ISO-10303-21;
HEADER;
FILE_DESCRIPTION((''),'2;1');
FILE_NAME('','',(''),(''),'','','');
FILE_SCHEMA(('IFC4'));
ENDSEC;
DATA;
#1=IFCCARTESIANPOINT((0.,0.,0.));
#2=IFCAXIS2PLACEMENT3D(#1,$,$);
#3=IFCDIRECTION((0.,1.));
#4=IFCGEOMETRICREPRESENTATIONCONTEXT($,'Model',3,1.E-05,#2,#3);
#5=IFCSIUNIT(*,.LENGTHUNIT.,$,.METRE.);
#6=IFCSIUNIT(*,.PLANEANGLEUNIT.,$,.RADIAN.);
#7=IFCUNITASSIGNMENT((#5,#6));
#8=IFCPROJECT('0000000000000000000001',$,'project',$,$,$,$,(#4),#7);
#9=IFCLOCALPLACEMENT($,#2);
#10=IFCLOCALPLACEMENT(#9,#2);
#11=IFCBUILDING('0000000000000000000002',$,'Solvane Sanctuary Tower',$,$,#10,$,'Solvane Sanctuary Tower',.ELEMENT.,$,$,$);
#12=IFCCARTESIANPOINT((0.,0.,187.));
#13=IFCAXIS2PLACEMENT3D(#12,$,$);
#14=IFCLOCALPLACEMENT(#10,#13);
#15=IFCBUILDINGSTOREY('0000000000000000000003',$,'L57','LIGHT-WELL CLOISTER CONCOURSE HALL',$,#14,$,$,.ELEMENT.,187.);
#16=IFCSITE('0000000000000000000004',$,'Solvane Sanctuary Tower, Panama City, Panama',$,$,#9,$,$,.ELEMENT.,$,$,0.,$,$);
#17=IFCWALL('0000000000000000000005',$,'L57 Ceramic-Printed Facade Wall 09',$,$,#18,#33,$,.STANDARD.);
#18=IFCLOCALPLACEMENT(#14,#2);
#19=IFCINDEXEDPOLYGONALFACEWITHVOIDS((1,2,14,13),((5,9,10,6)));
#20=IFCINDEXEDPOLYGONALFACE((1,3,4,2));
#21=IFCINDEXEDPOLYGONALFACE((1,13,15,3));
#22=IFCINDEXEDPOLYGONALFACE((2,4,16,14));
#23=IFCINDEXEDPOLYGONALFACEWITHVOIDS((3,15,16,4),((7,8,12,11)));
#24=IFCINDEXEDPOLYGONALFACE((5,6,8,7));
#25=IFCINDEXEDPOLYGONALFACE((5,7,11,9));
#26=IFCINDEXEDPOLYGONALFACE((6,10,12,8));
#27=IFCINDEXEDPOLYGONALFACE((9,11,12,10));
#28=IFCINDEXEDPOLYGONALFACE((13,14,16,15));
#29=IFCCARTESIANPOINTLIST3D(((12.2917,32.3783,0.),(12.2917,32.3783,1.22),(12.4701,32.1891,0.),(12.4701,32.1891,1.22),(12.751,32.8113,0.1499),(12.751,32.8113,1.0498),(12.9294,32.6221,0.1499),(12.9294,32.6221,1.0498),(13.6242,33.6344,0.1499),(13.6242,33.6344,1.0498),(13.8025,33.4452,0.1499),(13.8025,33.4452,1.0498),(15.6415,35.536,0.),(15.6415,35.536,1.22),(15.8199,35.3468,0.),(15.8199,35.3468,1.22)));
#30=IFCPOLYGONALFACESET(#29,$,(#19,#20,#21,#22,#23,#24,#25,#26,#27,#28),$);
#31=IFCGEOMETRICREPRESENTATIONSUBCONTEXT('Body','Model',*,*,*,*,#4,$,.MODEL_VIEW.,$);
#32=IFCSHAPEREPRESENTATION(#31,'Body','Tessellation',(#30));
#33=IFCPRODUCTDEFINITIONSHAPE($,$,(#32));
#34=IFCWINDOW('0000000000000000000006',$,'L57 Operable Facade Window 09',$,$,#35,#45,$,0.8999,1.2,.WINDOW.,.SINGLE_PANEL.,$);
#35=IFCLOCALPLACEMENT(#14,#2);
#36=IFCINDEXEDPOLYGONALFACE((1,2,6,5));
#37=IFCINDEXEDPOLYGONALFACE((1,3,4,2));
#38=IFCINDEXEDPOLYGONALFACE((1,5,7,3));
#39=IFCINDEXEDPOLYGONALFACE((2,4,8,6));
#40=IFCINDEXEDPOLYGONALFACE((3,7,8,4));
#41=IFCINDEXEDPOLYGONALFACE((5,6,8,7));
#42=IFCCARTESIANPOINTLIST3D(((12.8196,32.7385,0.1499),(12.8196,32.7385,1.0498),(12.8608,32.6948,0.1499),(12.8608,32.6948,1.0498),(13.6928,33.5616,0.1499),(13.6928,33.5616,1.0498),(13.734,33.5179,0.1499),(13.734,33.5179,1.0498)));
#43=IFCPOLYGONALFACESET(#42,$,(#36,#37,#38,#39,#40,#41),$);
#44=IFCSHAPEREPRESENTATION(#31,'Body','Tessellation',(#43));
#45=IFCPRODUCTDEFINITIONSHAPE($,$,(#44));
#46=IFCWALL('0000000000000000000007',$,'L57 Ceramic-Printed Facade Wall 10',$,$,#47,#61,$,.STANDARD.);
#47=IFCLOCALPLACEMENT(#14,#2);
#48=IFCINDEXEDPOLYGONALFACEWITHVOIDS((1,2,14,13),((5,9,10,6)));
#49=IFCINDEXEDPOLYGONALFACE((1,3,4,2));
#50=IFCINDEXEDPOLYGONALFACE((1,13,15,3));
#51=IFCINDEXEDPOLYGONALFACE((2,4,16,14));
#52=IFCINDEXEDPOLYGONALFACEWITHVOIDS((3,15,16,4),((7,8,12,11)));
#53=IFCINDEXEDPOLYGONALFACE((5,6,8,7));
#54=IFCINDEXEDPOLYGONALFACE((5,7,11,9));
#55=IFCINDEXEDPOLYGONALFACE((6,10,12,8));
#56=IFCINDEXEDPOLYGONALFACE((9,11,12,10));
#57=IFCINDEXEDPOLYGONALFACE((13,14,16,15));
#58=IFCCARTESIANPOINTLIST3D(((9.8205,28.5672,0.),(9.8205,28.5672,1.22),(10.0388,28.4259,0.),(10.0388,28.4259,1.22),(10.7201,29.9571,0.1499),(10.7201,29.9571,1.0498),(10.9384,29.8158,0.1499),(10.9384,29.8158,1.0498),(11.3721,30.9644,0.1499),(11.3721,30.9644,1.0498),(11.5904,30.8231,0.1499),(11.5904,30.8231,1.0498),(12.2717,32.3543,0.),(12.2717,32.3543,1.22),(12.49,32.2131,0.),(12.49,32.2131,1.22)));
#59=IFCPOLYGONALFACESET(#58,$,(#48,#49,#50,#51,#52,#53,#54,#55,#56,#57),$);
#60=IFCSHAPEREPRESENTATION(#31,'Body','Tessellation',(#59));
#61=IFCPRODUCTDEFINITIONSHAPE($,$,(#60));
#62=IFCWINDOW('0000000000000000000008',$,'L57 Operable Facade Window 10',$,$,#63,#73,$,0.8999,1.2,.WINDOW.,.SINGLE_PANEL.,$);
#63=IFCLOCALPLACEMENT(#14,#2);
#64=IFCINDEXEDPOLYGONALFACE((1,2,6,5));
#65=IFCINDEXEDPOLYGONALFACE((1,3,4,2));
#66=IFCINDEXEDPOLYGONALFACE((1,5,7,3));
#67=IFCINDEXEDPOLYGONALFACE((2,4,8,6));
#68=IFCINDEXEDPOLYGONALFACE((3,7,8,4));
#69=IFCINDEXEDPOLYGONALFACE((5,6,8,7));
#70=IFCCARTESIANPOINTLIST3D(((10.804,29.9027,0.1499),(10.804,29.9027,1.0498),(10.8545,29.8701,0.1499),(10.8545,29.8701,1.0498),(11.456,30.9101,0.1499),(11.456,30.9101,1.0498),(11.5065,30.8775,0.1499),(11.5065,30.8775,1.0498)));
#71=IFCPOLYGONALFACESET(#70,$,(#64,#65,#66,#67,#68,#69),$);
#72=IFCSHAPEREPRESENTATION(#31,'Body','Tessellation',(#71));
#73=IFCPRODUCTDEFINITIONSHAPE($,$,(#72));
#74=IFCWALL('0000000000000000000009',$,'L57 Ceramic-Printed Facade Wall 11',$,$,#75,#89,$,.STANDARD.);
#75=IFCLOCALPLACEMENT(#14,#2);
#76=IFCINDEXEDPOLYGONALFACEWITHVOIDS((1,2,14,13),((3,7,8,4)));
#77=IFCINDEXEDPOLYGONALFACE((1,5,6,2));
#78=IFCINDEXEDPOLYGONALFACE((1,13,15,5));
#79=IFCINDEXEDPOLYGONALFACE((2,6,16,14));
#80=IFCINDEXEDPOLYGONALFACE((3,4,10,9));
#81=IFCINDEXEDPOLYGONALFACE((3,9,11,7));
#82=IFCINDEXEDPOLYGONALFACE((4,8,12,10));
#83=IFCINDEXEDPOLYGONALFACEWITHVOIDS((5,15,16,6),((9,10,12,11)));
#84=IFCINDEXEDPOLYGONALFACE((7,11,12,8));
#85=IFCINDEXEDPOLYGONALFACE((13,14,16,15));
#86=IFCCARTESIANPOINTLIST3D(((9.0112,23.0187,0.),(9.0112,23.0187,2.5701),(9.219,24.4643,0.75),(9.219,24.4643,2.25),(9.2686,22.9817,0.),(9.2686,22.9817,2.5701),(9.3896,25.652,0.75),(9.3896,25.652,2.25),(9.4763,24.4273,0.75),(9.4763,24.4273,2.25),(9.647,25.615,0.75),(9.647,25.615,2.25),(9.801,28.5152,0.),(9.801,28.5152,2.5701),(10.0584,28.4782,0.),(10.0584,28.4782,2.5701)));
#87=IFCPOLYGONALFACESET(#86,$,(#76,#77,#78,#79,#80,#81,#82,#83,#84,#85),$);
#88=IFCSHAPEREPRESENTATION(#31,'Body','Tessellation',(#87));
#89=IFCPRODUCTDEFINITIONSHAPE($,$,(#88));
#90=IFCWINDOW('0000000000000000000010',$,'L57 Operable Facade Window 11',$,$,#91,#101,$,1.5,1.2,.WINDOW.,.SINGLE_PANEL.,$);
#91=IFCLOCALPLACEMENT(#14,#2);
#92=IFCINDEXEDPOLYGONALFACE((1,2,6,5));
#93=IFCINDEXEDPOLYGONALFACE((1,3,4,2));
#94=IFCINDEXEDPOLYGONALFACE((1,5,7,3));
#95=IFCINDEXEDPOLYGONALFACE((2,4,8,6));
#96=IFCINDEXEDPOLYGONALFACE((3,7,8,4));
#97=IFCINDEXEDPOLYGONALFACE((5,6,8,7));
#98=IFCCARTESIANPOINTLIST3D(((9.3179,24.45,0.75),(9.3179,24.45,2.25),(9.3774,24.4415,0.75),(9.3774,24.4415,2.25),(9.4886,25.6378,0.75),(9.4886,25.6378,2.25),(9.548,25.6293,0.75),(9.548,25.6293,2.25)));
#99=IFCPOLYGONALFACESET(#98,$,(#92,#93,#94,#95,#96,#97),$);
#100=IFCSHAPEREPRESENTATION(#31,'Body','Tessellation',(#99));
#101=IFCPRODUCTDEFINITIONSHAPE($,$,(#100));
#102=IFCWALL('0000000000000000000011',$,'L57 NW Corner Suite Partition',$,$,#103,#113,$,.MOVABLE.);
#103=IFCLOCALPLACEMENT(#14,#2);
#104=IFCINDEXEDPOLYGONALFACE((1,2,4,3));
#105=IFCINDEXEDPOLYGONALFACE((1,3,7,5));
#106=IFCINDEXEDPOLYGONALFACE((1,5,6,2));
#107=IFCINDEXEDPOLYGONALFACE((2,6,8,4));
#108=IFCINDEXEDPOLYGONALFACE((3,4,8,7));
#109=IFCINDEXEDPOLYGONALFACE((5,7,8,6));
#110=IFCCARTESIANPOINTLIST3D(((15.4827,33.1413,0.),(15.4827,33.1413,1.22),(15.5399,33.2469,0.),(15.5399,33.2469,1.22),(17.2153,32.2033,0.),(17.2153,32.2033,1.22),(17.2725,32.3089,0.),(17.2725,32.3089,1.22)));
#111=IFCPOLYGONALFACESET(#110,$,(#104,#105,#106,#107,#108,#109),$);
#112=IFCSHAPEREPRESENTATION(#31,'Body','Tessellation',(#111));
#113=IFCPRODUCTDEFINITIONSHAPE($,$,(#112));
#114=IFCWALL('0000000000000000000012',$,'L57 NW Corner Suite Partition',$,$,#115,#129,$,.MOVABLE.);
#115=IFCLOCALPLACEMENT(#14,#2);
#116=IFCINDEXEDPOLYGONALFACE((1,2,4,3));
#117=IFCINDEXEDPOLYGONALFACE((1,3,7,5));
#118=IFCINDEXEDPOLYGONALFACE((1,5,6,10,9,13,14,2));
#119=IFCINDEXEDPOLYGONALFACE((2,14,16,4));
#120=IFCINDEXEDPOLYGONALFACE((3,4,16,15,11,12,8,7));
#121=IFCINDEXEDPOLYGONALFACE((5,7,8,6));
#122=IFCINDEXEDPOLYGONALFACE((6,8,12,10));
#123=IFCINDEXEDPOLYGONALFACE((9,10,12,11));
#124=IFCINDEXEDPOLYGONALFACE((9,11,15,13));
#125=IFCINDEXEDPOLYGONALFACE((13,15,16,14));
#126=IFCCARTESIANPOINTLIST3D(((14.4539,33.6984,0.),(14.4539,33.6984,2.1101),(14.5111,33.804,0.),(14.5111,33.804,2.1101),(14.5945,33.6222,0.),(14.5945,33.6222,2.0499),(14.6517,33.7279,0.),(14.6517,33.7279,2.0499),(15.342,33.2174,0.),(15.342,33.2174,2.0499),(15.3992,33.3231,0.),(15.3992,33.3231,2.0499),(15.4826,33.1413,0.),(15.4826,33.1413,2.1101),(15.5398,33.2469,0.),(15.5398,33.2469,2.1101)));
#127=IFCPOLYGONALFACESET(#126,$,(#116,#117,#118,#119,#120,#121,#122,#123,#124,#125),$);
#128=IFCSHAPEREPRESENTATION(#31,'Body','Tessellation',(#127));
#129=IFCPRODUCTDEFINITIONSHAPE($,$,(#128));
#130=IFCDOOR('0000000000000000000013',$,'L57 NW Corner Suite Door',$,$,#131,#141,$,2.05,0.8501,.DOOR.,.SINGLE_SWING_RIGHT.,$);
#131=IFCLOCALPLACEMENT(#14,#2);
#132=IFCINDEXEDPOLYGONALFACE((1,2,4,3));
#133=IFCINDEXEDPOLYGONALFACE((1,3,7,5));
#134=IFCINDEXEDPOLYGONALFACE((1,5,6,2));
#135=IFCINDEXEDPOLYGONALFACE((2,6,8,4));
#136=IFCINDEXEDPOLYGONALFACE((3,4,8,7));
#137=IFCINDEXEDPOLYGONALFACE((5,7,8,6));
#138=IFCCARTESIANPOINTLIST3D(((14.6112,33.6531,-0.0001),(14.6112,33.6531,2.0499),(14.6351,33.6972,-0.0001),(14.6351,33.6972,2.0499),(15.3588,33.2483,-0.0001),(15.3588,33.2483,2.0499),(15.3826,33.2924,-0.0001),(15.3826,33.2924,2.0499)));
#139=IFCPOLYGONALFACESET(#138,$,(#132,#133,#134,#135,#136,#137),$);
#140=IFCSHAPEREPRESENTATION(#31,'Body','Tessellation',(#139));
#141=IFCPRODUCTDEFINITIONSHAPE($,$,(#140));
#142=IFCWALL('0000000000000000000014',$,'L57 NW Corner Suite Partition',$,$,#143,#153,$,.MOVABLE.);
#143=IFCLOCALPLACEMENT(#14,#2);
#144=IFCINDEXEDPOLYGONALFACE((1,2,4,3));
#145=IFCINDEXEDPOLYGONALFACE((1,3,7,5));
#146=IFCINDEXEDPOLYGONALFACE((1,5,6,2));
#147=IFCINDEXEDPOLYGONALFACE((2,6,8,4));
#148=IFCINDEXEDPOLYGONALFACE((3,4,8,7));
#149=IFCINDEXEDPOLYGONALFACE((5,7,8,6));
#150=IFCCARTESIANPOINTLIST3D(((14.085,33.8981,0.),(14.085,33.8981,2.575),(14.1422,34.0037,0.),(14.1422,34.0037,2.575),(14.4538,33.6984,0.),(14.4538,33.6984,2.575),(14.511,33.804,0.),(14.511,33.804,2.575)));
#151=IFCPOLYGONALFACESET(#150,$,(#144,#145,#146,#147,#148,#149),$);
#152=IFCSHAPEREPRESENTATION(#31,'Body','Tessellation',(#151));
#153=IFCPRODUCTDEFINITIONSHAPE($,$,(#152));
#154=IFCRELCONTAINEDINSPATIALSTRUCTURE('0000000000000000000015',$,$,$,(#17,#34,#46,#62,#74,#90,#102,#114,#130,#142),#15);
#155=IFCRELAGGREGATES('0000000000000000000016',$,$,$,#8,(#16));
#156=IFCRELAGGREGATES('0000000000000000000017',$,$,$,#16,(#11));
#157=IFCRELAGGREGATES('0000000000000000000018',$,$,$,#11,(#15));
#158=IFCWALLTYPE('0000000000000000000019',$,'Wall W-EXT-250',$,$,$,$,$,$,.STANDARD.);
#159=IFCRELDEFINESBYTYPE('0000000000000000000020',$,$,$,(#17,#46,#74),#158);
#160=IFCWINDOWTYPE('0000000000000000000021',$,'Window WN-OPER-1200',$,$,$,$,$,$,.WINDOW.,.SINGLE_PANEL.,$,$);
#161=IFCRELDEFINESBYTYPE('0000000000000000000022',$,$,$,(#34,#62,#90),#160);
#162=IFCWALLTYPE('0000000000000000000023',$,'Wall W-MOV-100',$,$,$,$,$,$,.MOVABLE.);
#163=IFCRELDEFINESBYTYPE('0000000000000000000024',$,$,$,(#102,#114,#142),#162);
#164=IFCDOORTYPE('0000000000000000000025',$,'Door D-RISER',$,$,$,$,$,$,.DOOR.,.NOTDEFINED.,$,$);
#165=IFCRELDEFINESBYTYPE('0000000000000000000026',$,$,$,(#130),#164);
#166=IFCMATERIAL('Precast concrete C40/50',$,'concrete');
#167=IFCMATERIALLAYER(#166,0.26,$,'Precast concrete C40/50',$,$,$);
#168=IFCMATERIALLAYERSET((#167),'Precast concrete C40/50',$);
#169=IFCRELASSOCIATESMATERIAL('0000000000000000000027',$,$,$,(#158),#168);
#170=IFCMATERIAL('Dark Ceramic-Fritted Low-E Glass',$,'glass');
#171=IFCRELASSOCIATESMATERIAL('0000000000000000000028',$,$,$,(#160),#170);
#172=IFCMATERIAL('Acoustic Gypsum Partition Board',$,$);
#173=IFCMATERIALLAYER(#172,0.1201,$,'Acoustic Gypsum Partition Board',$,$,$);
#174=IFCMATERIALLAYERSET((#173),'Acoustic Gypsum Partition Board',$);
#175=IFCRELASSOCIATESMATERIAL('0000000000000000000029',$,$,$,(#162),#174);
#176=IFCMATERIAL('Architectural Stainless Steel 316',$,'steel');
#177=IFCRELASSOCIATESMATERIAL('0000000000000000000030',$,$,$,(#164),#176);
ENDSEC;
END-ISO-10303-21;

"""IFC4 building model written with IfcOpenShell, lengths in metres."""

from ifc_helpers import new_model, si_unit, direction, frame, frame_2d, origin, place, context, subcontext, project, spatial, rectangle, extrude, material, layer, layer_set, type_object, element, fill, save


model = new_model("IFC4")

# Units and contexts
model_context = context("Model", 3, precision=1e-05, world=origin(), true_north=direction((0.0, 1.0)))
body_context = subcontext(model_context, "Body", "Model", "MODEL_VIEW")
ifc_project = project(units=[si_unit("LENGTHUNIT", "METRE"), si_unit("PLANEANGLEUNIT", "RADIAN")], contexts=[model_context])

# Site, building, storey
site_placement = place(None, origin())
site = spatial("IfcSite", under=ifc_project, at=site_placement, Name="Solvane Sanctuary Tower, Panama City, Panama", CompositionType="ELEMENT", RefElevation=0.0)
building_placement = place(site_placement, origin())
building = spatial("IfcBuilding", under=site, at=building_placement, Name="Solvane Sanctuary Tower", LongName="Solvane Sanctuary Tower", CompositionType="ELEMENT")
storey_placement = place(building_placement, frame((0.0, 0.0, 187.0)))
storey = spatial("IfcBuildingStorey", under=building, at=storey_placement, Name="L57", Description="LIGHT-WELL CLOISTER CONCOURSE HALL", CompositionType="ELEMENT", Elevation=187.0)

# Shared definitions
ifc_material_1 = material(Name="Acoustic Gypsum Partition Board")

# Shared definitions
ifc_material_2 = material(Name="Precast concrete C40/50", Category="concrete")
ifc_layer_1 = layer(ifc_material_2, 0.26, Name="Precast concrete C40/50")
ifc_layer_set_1 = layer_set([ifc_layer_1], Name="Precast concrete C40/50")
wall_type_1 = type_object("IfcWallType", Name="Wall W-EXT-250", PredefinedType="STANDARD", material=ifc_layer_set_1)

# Walls, openings, windows
wall_1_placement = place(storey_placement, frame((15.7307, 35.4414, 0.0), z_axis=(0.0, 0.0, 1.0), x_axis=(-0.727667, -0.68593, 0.0)))
wall_1 = element("IfcWall", 1, at=wall_1_placement, inside=storey, type_object=wall_type_1, Name="L57 Ceramic-Printed Facade Wall 09", PredefinedType="STANDARD", context=body_context, shape_type="SweptSolid", body=[
    extrude(rectangle(XDim=4.6035, YDim=0.26, at=frame_2d((2.3018, 0.0))), origin(), (0.0, 0.0, 1.0), 1.22),
])
opening_1_placement = place(wall_1_placement, frame((2.7722, 0.0, 0.1499)))
opening_1 = element("IfcOpeningElement", 2, at=opening_1_placement, cuts=wall_1, PredefinedType="OPENING", context=body_context, shape_type="SweptSolid", body=[
    extrude(rectangle(XDim=1.2, YDim=0.8999, at=frame_2d((0.6001, 0.45))), frame((0.0, 0.1399, 0.0), z_axis=(0.0, -1.0, 0.0), x_axis=(1.0, 0.0, 0.0)), (0.0, 0.0, 1.0), 0.28),
])
ifc_material_3 = material(Name="Dark Ceramic-Fritted Low-E Glass", Category="glass")
window_type = type_object("IfcWindowType", Name="Window WN-OPER-1200", PartitioningType="SINGLE_PANEL", PredefinedType="WINDOW", material=ifc_material_3)
window_1_placement = place(opening_1_placement, origin())
window_1 = element("IfcWindow", 3, at=window_1_placement, inside=storey, type_object=window_type, Name="L57 Operable Facade Window 09", OverallHeight=0.8999, OverallWidth=1.2, PartitioningType="SINGLE_PANEL", PredefinedType="WINDOW", context=body_context, shape_type="SweptSolid", body=[
    extrude(rectangle(XDim=1.2, YDim=0.8999, at=frame_2d((0.6001, 0.45))), frame((0.0, 0.03, 0.0), z_axis=(0.0, -1.0, 0.0), x_axis=(1.0, 0.0, 0.0)), (0.0, 0.0, 1.0), 0.0601),
])
fill(opening_1, window_1)
wall_2_placement = place(storey_placement, frame((12.3809, 32.2837, 0.0), z_axis=(0.0, 0.0, 1.0), x_axis=(-0.543359, -0.8395, 0.0)))
wall_2 = element("IfcWall", 4, at=wall_2_placement, inside=storey, type_object=wall_type_1, Name="L57 Ceramic-Printed Facade Wall 10", PredefinedType="STANDARD", context=body_context, shape_type="SweptSolid", body=[
    extrude(rectangle(XDim=4.5112, YDim=0.26, at=frame_2d((2.2556, 0.0))), origin(), (0.0, 0.0, 1.0), 1.22),
])
opening_2_placement = place(wall_2_placement, frame((1.6555, 0.0, 0.1499)))
opening_2 = element("IfcOpeningElement", 5, at=opening_2_placement, cuts=wall_2, PredefinedType="OPENING", context=body_context, shape_type="SweptSolid", body=[
    extrude(rectangle(XDim=1.2, YDim=0.8999, at=frame_2d((0.6001, 0.45))), frame((0.0, 0.1399, 0.0), z_axis=(0.0, -1.0, 0.0), x_axis=(1.0, 0.0, 0.0)), (0.0, 0.0, 1.0), 0.28),
])
window_2_placement = place(opening_2_placement, origin())
window_2 = element("IfcWindow", 6, at=window_2_placement, inside=storey, type_object=window_type, Name="L57 Operable Facade Window 10", OverallHeight=0.8999, OverallWidth=1.2, PartitioningType="SINGLE_PANEL", PredefinedType="WINDOW", context=body_context, shape_type="SweptSolid", body=[
    extrude(rectangle(XDim=1.2, YDim=0.8999, at=frame_2d((0.6001, 0.45))), frame((0.0, 0.03, 0.0), z_axis=(0.0, -1.0, 0.0), x_axis=(1.0, 0.0, 0.0)), (0.0, 0.0, 1.0), 0.0601),
])
fill(opening_2, window_2)
wall_3_placement = place(storey_placement, frame((9.9297, 28.4966, 0.0), z_axis=(0.0, 0.0, 1.0), x_axis=(-0.142228, -0.989834, 0.0)))
wall_3 = element("IfcWall", 7, at=wall_3_placement, inside=storey, type_object=wall_type_1, Name="L57 Ceramic-Printed Facade Wall 11", PredefinedType="STANDARD", context=body_context, shape_type="SweptSolid", body=[
    extrude(rectangle(XDim=5.553, YDim=0.26, at=frame_2d((2.7764, 0.0))), origin(), (0.0, 0.0, 1.0), 2.5701),
])
opening_3_placement = place(wall_3_placement, frame((2.8923, 0.0, 0.75)))
opening_3 = element("IfcOpeningElement", 8, at=opening_3_placement, cuts=wall_3, PredefinedType="OPENING", context=body_context, shape_type="SweptSolid", body=[
    extrude(rectangle(XDim=1.2, YDim=1.5, at=frame_2d((0.6001, 0.75))), frame((0.0, 0.1399, 0.0), z_axis=(0.0, -1.0, 0.0), x_axis=(1.0, 0.0, 0.0)), (0.0, 0.0, 1.0), 0.28),
])
window_3_placement = place(opening_3_placement, origin())
window_3 = element("IfcWindow", 9, at=window_3_placement, inside=storey, type_object=window_type, Name="L57 Operable Facade Window 11", OverallHeight=1.5, OverallWidth=1.2, PartitioningType="SINGLE_PANEL", PredefinedType="WINDOW", context=body_context, shape_type="SweptSolid", body=[
    extrude(rectangle(XDim=1.2, YDim=1.5, at=frame_2d((0.6001, 0.75))), frame((0.0, 0.03, 0.0), z_axis=(0.0, -1.0, 0.0), x_axis=(1.0, 0.0, 0.0)), (0.0, 0.0, 1.0), 0.0601),
])
fill(opening_3, window_3)

# Wall
ifc_layer_2 = layer(ifc_material_1, 0.1201, Name="Acoustic Gypsum Partition Board")
ifc_layer_set_2 = layer_set([ifc_layer_2], Name="Acoustic Gypsum Partition Board")
wall_type_2 = type_object("IfcWallType", Name="Wall W-MOV-100", PredefinedType="MOVABLE", material=ifc_layer_set_2)
wall_4_placement = place(storey_placement, frame((17.2439, 32.2561, 0.0), z_axis=(0.0, 0.0, 1.0), x_axis=(-0.879407, 0.476072, 0.0)))
element("IfcWall", 10, at=wall_4_placement, inside=storey, type_object=wall_type_2, Name="L57 NW Corner Suite Partition", PredefinedType="MOVABLE", context=body_context, shape_type="SweptSolid", body=[
    extrude(rectangle(XDim=1.9702, YDim=0.1201, at=frame_2d((0.9851, 0.0))), origin(), (0.0, 0.0, 1.0), 1.22),
])

# Wall, opening, door
wall_5_placement = place(storey_placement, frame((15.5112, 33.1941, 0.0), z_axis=(0.0, 0.0, 1.0), x_axis=(-0.879343, 0.476189, 0.0)))
wall_5 = element("IfcWall", 11, at=wall_5_placement, inside=storey, type_object=wall_type_2, Name="L57 NW Corner Suite Partition", PredefinedType="MOVABLE", context=body_context, shape_type="SweptSolid", body=[
    extrude(rectangle(XDim=1.1699, YDim=0.1201, at=frame_2d((0.585, 0.0))), origin(), (0.0, 0.0, 1.0), 2.1101),
])
opening_4_placement = place(wall_5_placement, frame((0.1599, 0.0, 0.0)))
opening_4 = element("IfcOpeningElement", 12, at=opening_4_placement, cuts=wall_5, PredefinedType="OPENING", context=body_context, shape_type="SweptSolid", body=[
    extrude(rectangle(XDim=0.8501, YDim=2.05, at=frame_2d((0.425, 1.0249))), frame((0.0, 0.0701, 0.0), z_axis=(0.0, -1.0, 0.0), x_axis=(1.0, 0.0, 0.0)), (0.0, 0.0, 1.0), 0.1401),
])
ifc_material_4 = material(Name="Architectural Stainless Steel 316", Category="steel")
door_type_1 = type_object("IfcDoorType", Name="Door D-RISER", OperationType="NOTDEFINED", PredefinedType="DOOR", material=ifc_material_4)
door_1_placement = place(opening_4_placement, origin())
door_1 = element("IfcDoor", 13, at=door_1_placement, inside=storey, type_object=door_type_1, Name="L57 NW Corner Suite Door", OperationType="SINGLE_SWING_RIGHT", OverallHeight=2.05, OverallWidth=0.8501, PredefinedType="DOOR", context=body_context, shape_type="SweptSolid", body=[
    extrude(rectangle(XDim=0.8501, YDim=2.05, at=frame_2d((0.425, 1.0249))), frame((0.0, 0.0249, 0.0), z_axis=(0.0, -1.0, 0.0), x_axis=(1.0, 0.0, 0.0)), (0.0, 0.0, 1.0), 0.05),
])
fill(opening_4, door_1)

# Wall
wall_6_placement = place(storey_placement, frame((14.4824, 33.7512, 0.0), z_axis=(0.0, 0.0, 1.0), x_axis=(-0.879404, 0.476077, 0.0)))
element("IfcWall", 14, at=wall_6_placement, inside=storey, type_object=wall_type_2, Name="L57 NW Corner Suite Partition", PredefinedType="MOVABLE", context=body_context, shape_type="SweptSolid", body=[
    extrude(rectangle(XDim=0.4194, YDim=0.1201, at=frame_2d((0.2097, 0.0))), origin(), (0.0, 0.0, 1.0), 2.575),
])

save(model, "model.ifc")
